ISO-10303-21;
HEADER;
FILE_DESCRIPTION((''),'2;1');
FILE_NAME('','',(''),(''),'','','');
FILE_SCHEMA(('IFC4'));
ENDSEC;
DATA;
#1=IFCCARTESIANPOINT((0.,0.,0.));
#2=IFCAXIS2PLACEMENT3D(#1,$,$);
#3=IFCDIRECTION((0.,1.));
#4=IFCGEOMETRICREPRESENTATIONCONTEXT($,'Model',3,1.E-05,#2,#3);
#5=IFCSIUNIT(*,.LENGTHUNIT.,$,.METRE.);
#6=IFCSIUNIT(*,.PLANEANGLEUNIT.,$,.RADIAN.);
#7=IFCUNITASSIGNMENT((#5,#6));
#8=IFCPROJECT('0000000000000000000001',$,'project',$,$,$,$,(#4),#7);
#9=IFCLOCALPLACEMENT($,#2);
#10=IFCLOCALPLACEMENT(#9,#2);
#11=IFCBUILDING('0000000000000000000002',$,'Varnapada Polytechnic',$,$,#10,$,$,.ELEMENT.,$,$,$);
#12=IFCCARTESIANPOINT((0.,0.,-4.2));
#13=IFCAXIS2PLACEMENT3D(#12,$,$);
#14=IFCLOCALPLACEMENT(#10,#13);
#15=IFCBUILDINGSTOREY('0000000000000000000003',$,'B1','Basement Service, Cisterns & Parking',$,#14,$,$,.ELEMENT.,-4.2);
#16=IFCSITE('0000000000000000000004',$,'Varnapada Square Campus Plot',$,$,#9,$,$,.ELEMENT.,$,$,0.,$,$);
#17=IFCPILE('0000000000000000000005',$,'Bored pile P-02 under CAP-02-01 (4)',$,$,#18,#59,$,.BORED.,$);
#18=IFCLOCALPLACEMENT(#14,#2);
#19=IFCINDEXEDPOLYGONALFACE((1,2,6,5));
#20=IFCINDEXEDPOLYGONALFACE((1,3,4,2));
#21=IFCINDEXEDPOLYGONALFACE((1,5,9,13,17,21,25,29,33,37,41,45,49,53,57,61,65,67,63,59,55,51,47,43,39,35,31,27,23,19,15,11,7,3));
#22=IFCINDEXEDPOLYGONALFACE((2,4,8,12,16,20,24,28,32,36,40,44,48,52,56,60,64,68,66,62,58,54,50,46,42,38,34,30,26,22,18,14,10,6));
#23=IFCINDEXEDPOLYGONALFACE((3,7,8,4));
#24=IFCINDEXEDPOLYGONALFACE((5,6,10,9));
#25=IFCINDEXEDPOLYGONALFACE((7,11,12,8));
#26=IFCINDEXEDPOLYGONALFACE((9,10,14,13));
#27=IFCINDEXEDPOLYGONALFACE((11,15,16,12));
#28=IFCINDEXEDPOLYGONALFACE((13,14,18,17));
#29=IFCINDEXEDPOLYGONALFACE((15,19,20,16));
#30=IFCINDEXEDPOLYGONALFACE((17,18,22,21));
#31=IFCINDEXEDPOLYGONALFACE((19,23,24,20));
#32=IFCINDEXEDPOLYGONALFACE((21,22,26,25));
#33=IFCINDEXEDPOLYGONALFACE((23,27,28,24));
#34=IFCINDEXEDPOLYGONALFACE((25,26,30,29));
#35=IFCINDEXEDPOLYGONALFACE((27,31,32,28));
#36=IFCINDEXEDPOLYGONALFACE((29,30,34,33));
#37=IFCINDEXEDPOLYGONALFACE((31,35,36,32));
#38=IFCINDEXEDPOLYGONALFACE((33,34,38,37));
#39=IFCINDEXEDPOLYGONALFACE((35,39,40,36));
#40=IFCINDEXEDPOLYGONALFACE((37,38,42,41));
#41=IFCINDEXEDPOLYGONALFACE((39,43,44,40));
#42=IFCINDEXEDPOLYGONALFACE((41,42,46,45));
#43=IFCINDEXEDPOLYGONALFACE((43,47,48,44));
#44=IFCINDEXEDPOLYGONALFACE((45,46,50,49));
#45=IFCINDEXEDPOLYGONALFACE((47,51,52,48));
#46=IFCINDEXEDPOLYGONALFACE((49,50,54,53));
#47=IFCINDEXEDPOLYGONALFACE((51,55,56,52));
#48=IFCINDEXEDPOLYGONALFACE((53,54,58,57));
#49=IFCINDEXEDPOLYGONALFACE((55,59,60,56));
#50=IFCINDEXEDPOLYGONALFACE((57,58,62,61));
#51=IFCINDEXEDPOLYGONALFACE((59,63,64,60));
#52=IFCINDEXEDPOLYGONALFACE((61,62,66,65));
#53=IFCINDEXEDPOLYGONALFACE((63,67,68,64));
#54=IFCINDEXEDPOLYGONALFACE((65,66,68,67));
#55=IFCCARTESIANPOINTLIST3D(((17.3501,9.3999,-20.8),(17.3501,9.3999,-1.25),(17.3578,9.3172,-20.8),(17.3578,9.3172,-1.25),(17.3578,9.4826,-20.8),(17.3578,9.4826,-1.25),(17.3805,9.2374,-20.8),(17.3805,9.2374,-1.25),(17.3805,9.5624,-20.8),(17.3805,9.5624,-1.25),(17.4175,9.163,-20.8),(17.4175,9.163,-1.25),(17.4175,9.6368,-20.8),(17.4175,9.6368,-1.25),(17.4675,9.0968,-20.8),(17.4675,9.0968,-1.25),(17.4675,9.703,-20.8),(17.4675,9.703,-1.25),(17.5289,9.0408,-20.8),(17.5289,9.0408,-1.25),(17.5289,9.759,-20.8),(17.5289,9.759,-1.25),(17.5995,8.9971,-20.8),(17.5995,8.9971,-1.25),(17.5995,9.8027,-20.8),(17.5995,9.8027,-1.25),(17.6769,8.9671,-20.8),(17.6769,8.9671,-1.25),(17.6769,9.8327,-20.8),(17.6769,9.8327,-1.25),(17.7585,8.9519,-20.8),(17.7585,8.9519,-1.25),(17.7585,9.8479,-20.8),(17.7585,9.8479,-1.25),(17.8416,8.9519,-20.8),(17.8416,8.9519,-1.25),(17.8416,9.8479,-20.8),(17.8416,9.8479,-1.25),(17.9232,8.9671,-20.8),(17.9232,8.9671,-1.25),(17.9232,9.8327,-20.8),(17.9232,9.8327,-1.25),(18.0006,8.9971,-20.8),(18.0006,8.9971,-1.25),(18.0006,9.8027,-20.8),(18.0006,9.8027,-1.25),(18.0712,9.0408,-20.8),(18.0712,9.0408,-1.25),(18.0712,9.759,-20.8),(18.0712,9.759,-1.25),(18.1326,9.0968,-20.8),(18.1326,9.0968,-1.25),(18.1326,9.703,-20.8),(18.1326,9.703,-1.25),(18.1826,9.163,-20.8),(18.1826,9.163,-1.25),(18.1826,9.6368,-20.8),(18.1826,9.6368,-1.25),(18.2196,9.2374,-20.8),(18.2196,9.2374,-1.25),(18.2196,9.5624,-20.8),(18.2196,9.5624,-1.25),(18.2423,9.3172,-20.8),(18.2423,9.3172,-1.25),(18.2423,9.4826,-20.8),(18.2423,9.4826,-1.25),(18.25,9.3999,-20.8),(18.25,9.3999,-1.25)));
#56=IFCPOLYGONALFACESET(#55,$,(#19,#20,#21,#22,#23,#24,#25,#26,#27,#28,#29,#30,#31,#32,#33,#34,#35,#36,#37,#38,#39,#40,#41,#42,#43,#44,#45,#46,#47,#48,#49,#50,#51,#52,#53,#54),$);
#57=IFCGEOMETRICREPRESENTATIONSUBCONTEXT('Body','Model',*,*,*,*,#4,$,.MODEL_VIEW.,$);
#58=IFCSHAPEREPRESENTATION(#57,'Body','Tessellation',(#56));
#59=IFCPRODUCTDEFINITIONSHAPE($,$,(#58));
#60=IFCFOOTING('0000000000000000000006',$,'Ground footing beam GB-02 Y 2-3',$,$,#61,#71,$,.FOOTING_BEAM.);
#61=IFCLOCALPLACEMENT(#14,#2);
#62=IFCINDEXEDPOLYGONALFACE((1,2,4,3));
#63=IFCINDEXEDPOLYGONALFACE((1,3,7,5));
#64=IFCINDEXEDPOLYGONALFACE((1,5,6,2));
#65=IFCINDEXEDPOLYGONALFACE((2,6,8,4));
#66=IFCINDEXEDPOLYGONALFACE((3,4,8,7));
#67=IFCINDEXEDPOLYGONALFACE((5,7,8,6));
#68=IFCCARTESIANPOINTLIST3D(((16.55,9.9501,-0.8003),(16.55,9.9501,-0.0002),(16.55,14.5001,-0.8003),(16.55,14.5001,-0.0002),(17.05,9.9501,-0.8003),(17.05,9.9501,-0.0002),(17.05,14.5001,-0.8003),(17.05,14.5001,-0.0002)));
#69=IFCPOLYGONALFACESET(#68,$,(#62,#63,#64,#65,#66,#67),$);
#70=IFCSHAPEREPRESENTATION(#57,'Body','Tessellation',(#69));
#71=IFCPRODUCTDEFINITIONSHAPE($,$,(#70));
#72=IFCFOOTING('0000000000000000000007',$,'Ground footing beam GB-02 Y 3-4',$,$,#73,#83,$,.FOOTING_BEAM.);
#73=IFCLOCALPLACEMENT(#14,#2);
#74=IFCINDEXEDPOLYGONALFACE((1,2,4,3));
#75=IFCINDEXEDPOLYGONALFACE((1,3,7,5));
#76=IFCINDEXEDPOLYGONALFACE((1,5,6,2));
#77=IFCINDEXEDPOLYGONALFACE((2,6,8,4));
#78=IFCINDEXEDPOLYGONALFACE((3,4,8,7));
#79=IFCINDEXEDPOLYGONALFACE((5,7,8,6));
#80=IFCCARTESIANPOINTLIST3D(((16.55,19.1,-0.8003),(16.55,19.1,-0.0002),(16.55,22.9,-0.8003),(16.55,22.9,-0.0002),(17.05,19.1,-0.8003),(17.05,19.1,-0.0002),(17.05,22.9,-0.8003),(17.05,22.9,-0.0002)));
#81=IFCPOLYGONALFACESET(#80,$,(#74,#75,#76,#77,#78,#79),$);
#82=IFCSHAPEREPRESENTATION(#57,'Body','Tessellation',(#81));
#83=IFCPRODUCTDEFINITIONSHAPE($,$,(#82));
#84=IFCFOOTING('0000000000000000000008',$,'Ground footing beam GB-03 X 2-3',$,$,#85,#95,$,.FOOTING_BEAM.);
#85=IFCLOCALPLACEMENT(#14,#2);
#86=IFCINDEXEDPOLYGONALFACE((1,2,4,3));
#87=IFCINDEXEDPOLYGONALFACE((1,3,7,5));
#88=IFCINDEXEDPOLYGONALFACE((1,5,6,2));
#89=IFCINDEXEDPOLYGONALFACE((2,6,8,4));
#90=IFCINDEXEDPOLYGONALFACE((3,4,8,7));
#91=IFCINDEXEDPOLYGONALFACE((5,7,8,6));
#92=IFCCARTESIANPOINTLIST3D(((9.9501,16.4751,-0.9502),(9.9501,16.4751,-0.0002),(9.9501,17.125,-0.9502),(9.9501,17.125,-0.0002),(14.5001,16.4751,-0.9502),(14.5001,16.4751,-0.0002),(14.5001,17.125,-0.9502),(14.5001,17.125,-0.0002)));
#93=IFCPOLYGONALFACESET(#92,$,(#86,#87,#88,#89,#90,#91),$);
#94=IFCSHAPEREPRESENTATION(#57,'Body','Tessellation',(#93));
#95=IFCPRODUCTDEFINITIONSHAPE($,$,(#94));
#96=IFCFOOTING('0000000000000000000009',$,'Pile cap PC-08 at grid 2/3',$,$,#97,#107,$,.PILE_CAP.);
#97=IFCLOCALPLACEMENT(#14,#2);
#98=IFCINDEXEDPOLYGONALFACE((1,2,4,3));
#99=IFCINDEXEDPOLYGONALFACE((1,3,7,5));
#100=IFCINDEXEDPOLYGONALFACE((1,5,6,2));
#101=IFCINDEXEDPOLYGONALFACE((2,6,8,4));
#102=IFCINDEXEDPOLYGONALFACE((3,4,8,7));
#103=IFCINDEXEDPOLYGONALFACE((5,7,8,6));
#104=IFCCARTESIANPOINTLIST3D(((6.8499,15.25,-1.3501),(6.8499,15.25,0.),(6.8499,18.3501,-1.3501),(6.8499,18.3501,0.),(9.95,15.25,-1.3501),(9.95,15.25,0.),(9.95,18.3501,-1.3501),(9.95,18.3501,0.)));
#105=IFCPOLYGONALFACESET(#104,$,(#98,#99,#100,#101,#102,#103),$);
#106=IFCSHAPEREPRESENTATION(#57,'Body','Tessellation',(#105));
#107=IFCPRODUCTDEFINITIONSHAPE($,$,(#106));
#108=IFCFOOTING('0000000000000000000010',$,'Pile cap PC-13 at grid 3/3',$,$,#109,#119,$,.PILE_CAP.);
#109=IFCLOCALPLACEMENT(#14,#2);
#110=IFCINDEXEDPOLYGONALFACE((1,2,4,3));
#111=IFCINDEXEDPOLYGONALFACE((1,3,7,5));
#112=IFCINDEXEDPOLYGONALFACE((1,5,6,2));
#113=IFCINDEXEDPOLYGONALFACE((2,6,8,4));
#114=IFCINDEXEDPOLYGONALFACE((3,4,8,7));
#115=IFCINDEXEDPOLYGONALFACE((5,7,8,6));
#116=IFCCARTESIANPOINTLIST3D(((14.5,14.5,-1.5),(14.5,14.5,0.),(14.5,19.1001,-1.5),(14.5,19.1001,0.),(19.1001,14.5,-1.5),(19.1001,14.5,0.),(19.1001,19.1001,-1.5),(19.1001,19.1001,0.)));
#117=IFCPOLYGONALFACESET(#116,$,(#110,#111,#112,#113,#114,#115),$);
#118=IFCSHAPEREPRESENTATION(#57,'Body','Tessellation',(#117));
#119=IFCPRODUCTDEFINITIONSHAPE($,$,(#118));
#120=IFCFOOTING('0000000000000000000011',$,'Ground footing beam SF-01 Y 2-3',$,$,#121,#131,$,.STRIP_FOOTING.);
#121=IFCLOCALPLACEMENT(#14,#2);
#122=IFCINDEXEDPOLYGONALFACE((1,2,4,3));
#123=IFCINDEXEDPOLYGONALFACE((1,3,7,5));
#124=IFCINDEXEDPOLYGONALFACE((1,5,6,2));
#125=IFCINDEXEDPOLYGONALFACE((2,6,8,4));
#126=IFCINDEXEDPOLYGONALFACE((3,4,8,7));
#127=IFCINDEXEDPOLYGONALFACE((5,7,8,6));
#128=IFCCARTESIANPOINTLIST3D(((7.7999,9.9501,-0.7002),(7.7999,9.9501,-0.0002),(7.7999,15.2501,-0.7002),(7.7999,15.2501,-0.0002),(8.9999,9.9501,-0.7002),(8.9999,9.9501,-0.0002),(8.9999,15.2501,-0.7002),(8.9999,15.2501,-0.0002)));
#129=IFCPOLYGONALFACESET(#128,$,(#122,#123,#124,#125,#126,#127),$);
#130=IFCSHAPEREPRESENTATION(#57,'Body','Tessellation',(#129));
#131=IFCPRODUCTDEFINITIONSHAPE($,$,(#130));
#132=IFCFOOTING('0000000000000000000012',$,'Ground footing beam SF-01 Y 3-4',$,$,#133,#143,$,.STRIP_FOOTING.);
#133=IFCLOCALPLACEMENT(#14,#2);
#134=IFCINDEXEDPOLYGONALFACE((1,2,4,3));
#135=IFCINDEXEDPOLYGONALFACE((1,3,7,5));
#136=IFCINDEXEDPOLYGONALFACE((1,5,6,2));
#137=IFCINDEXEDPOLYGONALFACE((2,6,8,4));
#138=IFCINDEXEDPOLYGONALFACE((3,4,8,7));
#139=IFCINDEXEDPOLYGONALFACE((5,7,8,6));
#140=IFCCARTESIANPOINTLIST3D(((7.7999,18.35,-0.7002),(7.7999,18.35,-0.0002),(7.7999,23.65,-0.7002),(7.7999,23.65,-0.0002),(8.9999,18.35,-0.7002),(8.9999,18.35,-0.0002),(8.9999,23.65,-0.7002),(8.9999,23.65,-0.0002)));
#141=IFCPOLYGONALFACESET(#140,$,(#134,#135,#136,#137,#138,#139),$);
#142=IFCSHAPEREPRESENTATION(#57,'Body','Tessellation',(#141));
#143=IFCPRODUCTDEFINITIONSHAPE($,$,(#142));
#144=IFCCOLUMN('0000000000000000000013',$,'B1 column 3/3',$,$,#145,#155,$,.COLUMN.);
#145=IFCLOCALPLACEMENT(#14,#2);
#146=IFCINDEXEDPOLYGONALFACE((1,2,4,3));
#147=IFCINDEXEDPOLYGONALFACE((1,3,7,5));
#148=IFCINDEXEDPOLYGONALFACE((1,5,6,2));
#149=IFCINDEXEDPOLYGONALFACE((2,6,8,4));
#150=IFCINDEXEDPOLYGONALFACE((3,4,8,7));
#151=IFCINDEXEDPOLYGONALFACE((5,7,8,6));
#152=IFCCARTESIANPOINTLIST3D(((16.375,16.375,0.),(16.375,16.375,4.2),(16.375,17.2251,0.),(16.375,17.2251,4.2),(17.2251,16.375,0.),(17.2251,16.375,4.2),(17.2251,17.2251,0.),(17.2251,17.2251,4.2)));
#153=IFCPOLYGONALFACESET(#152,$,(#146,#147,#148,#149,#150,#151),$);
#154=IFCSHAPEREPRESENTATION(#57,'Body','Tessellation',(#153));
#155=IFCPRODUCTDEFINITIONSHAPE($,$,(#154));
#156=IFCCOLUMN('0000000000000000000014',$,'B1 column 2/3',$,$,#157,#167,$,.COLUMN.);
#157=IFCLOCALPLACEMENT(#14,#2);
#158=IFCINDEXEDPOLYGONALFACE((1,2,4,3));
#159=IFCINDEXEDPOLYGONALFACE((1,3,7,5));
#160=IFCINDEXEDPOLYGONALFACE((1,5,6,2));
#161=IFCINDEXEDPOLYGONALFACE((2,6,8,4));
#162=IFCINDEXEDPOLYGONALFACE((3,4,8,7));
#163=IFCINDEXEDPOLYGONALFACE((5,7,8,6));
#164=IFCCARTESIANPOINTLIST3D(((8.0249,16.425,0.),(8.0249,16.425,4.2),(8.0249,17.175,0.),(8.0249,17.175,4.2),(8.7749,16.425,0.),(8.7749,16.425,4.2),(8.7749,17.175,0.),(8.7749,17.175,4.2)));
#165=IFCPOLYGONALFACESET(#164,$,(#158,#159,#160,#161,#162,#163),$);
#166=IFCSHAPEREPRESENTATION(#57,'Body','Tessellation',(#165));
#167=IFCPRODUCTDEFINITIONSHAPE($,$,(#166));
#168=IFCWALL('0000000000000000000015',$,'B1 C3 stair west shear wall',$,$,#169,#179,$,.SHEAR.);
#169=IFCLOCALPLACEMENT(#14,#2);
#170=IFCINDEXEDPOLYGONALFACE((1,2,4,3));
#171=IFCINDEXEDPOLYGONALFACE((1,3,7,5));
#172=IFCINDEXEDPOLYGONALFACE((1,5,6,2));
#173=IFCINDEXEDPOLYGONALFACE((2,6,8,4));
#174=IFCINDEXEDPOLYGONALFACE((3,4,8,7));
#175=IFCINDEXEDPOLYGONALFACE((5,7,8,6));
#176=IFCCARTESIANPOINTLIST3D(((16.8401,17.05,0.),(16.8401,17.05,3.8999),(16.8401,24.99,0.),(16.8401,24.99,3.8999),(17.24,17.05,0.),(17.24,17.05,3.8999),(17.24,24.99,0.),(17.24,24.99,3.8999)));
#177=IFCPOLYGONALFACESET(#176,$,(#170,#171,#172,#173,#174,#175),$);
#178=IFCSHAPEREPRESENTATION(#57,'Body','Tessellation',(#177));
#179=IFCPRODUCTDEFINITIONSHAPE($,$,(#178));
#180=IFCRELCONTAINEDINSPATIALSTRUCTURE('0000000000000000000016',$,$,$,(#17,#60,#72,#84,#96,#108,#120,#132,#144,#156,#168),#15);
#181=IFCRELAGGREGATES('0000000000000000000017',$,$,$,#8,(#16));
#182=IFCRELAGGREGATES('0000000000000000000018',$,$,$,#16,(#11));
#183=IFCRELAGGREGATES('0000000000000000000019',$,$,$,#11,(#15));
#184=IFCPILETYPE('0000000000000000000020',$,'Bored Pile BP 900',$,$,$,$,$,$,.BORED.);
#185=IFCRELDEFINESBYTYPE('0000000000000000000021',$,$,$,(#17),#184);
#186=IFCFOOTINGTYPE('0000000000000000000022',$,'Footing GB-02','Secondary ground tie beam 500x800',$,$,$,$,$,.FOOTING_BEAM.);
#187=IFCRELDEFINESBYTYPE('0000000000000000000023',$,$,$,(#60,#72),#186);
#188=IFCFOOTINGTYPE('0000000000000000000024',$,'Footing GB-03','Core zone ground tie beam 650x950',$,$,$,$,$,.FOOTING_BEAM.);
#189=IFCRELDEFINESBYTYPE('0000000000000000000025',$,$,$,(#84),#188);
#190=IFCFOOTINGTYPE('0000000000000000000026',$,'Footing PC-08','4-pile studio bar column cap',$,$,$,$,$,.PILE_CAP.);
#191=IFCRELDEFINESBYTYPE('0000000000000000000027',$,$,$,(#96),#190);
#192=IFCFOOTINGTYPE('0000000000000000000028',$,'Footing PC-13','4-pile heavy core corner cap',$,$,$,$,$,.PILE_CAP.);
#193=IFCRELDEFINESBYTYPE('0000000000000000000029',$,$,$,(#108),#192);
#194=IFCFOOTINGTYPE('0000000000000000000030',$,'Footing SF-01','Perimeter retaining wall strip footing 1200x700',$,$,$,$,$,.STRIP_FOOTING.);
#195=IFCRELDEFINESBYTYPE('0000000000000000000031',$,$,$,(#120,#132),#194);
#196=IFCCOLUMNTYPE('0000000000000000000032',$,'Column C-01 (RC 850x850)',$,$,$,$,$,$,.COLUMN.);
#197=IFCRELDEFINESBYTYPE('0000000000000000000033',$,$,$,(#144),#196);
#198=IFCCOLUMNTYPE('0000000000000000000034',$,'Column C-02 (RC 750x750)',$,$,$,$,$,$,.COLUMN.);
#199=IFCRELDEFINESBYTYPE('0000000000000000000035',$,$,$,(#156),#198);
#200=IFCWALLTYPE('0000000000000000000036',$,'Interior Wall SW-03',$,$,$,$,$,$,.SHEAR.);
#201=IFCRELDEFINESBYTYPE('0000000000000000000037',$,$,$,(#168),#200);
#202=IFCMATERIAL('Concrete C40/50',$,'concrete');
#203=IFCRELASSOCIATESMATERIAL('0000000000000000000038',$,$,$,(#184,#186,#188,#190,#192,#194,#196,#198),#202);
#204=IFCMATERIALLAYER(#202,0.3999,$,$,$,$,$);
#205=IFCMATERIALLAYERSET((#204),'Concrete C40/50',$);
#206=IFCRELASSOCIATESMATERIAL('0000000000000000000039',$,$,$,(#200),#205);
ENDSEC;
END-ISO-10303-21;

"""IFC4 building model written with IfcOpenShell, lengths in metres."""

from ifc_helpers import new_model, si_unit, direction, frame, frame_2d, origin, origin_2d, place, context, subcontext, project, spatial, rectangle, circle, extrude, material, layer, layer_set, material_profile, profile_set, type_object, element, save


model = new_model("IFC4")

# Units and contexts
model_context = context("Model", 3, precision=1e-05, world=origin(), true_north=direction((0.0, 1.0)))
body_context = subcontext(model_context, "Body", "Model", "MODEL_VIEW")
ifc_project = project(units=[si_unit("LENGTHUNIT", "METRE"), si_unit("PLANEANGLEUNIT", "RADIAN")], contexts=[model_context])

# Site, building, storey
site_placement = place(None, origin())
site = spatial("IfcSite", under=ifc_project, at=site_placement, Name="Varnapada Square Campus Plot", CompositionType="ELEMENT", RefElevation=0.0)
building_placement = place(site_placement, origin())
building = spatial("IfcBuilding", under=site, at=building_placement, Name="Varnapada Polytechnic", CompositionType="ELEMENT")
storey_placement = place(building_placement, frame((0.0, 0.0, -4.2)))
storey = spatial("IfcBuildingStorey", under=building, at=storey_placement, Name="B1", Description="Basement Service, Cisterns & Parking", CompositionType="ELEMENT", Elevation=-4.2)

# Pile
ifc_material_1 = material(Name="Concrete C40/50", Category="concrete")
ifc_material_profile_1 = material_profile(ifc_material_1, circle(Radius=0.45, at=origin_2d()), Name="BP 900")
ifc_profile_set_1 = profile_set([ifc_material_profile_1], Name="Concrete C40/50")
pile_type_1 = type_object("IfcPileType", Name="Bored Pile BP 900", PredefinedType="BORED", material=ifc_profile_set_1)
for number, where, z_axis, x_axis, name in (
    (1, (17.8, 9.3999, -1.25), (0.0, 0.0, -1.0), (1.0, 0.0, 0.0), "Bored pile P-02 under CAP-02-01 (4)"),
):
    element("IfcPile", number, at=place(storey_placement, frame(where, z_axis=z_axis, x_axis=x_axis)), inside=storey, type_object=pile_type_1, Name=name, PredefinedType="BORED", context=body_context, shape_type="SweptSolid", body=[
        extrude(circle(Radius=0.45, at=origin_2d()), origin(), (0.0, 0.0, 1.0), 19.55),
    ])

# Footings
footing_type_1 = type_object("IfcFootingType", Name="Footing GB-02", Description="Secondary ground tie beam 500x800", PredefinedType="FOOTING_BEAM", material=ifc_material_1)
footing_1_placement = place(storey_placement, frame((16.8, 12.2251, -0.8003), z_axis=(0.0, 0.0, 1.0), x_axis=(0.0, 1.0, 0.0)))
element("IfcFooting", 2, at=footing_1_placement, inside=storey, type_object=footing_type_1, Name="Ground footing beam GB-02 Y 2-3", PredefinedType="FOOTING_BEAM", context=body_context, shape_type="SweptSolid", body=[
    extrude(rectangle(XDim=4.55, YDim=0.5, at=origin_2d()), origin(), (0.0, 0.0, 1.0), 0.8),
])
footing_2_placement = place(storey_placement, frame((16.8, 21.0, -0.8003), z_axis=(0.0, 0.0, 1.0), x_axis=(0.0, 1.0, 0.0)))
element("IfcFooting", 3, at=footing_2_placement, inside=storey, type_object=footing_type_1, Name="Ground footing beam GB-02 Y 3-4", PredefinedType="FOOTING_BEAM", context=body_context, shape_type="SweptSolid", body=[
    extrude(rectangle(XDim=3.8, YDim=0.5, at=origin_2d()), origin(), (0.0, 0.0, 1.0), 0.8),
])
footing_type_2 = type_object("IfcFootingType", Name="Footing GB-03", Description="Core zone ground tie beam 650x950", PredefinedType="FOOTING_BEAM", material=ifc_material_1)
footing_3_placement = place(storey_placement, frame((12.2251, 16.8, -0.9502), z_axis=(0.0, 0.0, 1.0), x_axis=(1.0, 0.0, 0.0)))
element("IfcFooting", 4, at=footing_3_placement, inside=storey, type_object=footing_type_2, Name="Ground footing beam GB-03 X 2-3", PredefinedType="FOOTING_BEAM", context=body_context, shape_type="SweptSolid", body=[
    extrude(rectangle(XDim=4.55, YDim=0.6499, at=origin_2d()), origin(), (0.0, 0.0, 1.0), 0.95),
])
footing_type_3 = type_object("IfcFootingType", Name="Footing PC-08", Description="4-pile studio bar column cap", PredefinedType="PILE_CAP", material=ifc_material_1)
footing_4_placement = place(storey_placement, frame((8.3999, 16.8, -1.3501), z_axis=(0.0, 0.0, 1.0), x_axis=(1.0, 0.0, 0.0)))
element("IfcFooting", 5, at=footing_4_placement, inside=storey, type_object=footing_type_3, Name="Pile cap PC-08 at grid 2/3", PredefinedType="PILE_CAP", context=body_context, shape_type="SweptSolid", body=[
    extrude(rectangle(XDim=3.1001, YDim=3.1001, at=origin_2d()), origin(), (0.0, 0.0, 1.0), 1.3501),
])
footing_type_4 = type_object("IfcFootingType", Name="Footing PC-13", Description="4-pile heavy core corner cap", PredefinedType="PILE_CAP", material=ifc_material_1)
footing_5_placement = place(storey_placement, frame((16.8, 16.8, -1.5), z_axis=(0.0, 0.0, 1.0), x_axis=(1.0, 0.0, 0.0)))
element("IfcFooting", 6, at=footing_5_placement, inside=storey, type_object=footing_type_4, Name="Pile cap PC-13 at grid 3/3", PredefinedType="PILE_CAP", context=body_context, shape_type="SweptSolid", body=[
    extrude(rectangle(XDim=4.6001, YDim=4.6001, at=origin_2d()), origin(), (0.0, 0.0, 1.0), 1.5),
])
footing_type_5 = type_object("IfcFootingType", Name="Footing SF-01", Description="Perimeter retaining wall strip footing 1200x700", PredefinedType="STRIP_FOOTING", material=ifc_material_1)
for number, where, z_axis, x_axis, name in (
    (7, (8.3999, 12.6001, -0.7002), (0.0, 0.0, 1.0), (0.0, 1.0, 0.0), "Ground footing beam SF-01 Y 2-3"),
    (8, (8.3999, 21.0, -0.7002), (0.0, 0.0, 1.0), (0.0, 1.0, 0.0), "Ground footing beam SF-01 Y 3-4"),
):
    element("IfcFooting", number, at=place(storey_placement, frame(where, z_axis=z_axis, x_axis=x_axis)), inside=storey, type_object=footing_type_5, Name=name, PredefinedType="STRIP_FOOTING", context=body_context, shape_type="SweptSolid", body=[
        extrude(rectangle(XDim=5.3, YDim=1.2, at=origin_2d()), origin(), (0.0, 0.0, 1.0), 0.7),
    ])

# Columns
ifc_material_profile_2 = material_profile(ifc_material_1, rectangle(XDim=0.8501, YDim=0.8501, at=origin_2d()), Name="RC 850x850")
ifc_profile_set_2 = profile_set([ifc_material_profile_2], Name="Concrete C40/50")
column_type_1 = type_object("IfcColumnType", Name="Column C-01 (RC 850x850)", PredefinedType="COLUMN", material=ifc_profile_set_2)
column_1_placement = place(storey_placement, frame((16.8, 16.8, 0.0), z_axis=(0.0, 0.0, 1.0), x_axis=(1.0, 0.0, 0.0)))
element("IfcColumn", 9, at=column_1_placement, inside=storey, type_object=column_type_1, Name="B1 column 3/3", PredefinedType="COLUMN", context=body_context, shape_type="SweptSolid", body=[
    extrude(rectangle(XDim=0.8501, YDim=0.8501, at=origin_2d()), origin(), (0.0, 0.0, 1.0), 4.2),
])
ifc_material_profile_3 = material_profile(ifc_material_1, rectangle(XDim=0.75, YDim=0.75, at=origin_2d()), Name="RC 750x750")
ifc_profile_set_3 = profile_set([ifc_material_profile_3], Name="Concrete C40/50")
column_type_2 = type_object("IfcColumnType", Name="Column C-02 (RC 750x750)", PredefinedType="COLUMN", material=ifc_profile_set_3)
column_2_placement = place(storey_placement, frame((8.3999, 16.8, 0.0), z_axis=(0.0, 0.0, 1.0), x_axis=(1.0, 0.0, 0.0)))
element("IfcColumn", 10, at=column_2_placement, inside=storey, type_object=column_type_2, Name="B1 column 2/3", PredefinedType="COLUMN", context=body_context, shape_type="SweptSolid", body=[
    extrude(rectangle(XDim=0.75, YDim=0.75, at=origin_2d()), origin(), (0.0, 0.0, 1.0), 4.2),
])

# Wall
ifc_layer_1 = layer(ifc_material_1, 0.3999)
ifc_layer_set_1 = layer_set([ifc_layer_1], Name="Concrete C40/50")
wall_type_1 = type_object("IfcWallType", Name="Interior Wall SW-03", PredefinedType="SHEAR", material=ifc_layer_set_1)
wall_1_placement = place(storey_placement, frame((17.04, 17.05, 0.0), z_axis=(0.0, 0.0, 1.0), x_axis=(0.0, 1.0, 0.0)))
element("IfcWall", 11, at=wall_1_placement, inside=storey, type_object=wall_type_1, Name="B1 C3 stair west shear wall", PredefinedType="SHEAR", context=body_context, shape_type="SweptSolid", body=[
    extrude(rectangle(XDim=7.9399, YDim=0.3999, at=frame_2d((3.97, 0.0))), origin(), (0.0, 0.0, 1.0), 3.8999),
])

save(model, "model.ifc")
